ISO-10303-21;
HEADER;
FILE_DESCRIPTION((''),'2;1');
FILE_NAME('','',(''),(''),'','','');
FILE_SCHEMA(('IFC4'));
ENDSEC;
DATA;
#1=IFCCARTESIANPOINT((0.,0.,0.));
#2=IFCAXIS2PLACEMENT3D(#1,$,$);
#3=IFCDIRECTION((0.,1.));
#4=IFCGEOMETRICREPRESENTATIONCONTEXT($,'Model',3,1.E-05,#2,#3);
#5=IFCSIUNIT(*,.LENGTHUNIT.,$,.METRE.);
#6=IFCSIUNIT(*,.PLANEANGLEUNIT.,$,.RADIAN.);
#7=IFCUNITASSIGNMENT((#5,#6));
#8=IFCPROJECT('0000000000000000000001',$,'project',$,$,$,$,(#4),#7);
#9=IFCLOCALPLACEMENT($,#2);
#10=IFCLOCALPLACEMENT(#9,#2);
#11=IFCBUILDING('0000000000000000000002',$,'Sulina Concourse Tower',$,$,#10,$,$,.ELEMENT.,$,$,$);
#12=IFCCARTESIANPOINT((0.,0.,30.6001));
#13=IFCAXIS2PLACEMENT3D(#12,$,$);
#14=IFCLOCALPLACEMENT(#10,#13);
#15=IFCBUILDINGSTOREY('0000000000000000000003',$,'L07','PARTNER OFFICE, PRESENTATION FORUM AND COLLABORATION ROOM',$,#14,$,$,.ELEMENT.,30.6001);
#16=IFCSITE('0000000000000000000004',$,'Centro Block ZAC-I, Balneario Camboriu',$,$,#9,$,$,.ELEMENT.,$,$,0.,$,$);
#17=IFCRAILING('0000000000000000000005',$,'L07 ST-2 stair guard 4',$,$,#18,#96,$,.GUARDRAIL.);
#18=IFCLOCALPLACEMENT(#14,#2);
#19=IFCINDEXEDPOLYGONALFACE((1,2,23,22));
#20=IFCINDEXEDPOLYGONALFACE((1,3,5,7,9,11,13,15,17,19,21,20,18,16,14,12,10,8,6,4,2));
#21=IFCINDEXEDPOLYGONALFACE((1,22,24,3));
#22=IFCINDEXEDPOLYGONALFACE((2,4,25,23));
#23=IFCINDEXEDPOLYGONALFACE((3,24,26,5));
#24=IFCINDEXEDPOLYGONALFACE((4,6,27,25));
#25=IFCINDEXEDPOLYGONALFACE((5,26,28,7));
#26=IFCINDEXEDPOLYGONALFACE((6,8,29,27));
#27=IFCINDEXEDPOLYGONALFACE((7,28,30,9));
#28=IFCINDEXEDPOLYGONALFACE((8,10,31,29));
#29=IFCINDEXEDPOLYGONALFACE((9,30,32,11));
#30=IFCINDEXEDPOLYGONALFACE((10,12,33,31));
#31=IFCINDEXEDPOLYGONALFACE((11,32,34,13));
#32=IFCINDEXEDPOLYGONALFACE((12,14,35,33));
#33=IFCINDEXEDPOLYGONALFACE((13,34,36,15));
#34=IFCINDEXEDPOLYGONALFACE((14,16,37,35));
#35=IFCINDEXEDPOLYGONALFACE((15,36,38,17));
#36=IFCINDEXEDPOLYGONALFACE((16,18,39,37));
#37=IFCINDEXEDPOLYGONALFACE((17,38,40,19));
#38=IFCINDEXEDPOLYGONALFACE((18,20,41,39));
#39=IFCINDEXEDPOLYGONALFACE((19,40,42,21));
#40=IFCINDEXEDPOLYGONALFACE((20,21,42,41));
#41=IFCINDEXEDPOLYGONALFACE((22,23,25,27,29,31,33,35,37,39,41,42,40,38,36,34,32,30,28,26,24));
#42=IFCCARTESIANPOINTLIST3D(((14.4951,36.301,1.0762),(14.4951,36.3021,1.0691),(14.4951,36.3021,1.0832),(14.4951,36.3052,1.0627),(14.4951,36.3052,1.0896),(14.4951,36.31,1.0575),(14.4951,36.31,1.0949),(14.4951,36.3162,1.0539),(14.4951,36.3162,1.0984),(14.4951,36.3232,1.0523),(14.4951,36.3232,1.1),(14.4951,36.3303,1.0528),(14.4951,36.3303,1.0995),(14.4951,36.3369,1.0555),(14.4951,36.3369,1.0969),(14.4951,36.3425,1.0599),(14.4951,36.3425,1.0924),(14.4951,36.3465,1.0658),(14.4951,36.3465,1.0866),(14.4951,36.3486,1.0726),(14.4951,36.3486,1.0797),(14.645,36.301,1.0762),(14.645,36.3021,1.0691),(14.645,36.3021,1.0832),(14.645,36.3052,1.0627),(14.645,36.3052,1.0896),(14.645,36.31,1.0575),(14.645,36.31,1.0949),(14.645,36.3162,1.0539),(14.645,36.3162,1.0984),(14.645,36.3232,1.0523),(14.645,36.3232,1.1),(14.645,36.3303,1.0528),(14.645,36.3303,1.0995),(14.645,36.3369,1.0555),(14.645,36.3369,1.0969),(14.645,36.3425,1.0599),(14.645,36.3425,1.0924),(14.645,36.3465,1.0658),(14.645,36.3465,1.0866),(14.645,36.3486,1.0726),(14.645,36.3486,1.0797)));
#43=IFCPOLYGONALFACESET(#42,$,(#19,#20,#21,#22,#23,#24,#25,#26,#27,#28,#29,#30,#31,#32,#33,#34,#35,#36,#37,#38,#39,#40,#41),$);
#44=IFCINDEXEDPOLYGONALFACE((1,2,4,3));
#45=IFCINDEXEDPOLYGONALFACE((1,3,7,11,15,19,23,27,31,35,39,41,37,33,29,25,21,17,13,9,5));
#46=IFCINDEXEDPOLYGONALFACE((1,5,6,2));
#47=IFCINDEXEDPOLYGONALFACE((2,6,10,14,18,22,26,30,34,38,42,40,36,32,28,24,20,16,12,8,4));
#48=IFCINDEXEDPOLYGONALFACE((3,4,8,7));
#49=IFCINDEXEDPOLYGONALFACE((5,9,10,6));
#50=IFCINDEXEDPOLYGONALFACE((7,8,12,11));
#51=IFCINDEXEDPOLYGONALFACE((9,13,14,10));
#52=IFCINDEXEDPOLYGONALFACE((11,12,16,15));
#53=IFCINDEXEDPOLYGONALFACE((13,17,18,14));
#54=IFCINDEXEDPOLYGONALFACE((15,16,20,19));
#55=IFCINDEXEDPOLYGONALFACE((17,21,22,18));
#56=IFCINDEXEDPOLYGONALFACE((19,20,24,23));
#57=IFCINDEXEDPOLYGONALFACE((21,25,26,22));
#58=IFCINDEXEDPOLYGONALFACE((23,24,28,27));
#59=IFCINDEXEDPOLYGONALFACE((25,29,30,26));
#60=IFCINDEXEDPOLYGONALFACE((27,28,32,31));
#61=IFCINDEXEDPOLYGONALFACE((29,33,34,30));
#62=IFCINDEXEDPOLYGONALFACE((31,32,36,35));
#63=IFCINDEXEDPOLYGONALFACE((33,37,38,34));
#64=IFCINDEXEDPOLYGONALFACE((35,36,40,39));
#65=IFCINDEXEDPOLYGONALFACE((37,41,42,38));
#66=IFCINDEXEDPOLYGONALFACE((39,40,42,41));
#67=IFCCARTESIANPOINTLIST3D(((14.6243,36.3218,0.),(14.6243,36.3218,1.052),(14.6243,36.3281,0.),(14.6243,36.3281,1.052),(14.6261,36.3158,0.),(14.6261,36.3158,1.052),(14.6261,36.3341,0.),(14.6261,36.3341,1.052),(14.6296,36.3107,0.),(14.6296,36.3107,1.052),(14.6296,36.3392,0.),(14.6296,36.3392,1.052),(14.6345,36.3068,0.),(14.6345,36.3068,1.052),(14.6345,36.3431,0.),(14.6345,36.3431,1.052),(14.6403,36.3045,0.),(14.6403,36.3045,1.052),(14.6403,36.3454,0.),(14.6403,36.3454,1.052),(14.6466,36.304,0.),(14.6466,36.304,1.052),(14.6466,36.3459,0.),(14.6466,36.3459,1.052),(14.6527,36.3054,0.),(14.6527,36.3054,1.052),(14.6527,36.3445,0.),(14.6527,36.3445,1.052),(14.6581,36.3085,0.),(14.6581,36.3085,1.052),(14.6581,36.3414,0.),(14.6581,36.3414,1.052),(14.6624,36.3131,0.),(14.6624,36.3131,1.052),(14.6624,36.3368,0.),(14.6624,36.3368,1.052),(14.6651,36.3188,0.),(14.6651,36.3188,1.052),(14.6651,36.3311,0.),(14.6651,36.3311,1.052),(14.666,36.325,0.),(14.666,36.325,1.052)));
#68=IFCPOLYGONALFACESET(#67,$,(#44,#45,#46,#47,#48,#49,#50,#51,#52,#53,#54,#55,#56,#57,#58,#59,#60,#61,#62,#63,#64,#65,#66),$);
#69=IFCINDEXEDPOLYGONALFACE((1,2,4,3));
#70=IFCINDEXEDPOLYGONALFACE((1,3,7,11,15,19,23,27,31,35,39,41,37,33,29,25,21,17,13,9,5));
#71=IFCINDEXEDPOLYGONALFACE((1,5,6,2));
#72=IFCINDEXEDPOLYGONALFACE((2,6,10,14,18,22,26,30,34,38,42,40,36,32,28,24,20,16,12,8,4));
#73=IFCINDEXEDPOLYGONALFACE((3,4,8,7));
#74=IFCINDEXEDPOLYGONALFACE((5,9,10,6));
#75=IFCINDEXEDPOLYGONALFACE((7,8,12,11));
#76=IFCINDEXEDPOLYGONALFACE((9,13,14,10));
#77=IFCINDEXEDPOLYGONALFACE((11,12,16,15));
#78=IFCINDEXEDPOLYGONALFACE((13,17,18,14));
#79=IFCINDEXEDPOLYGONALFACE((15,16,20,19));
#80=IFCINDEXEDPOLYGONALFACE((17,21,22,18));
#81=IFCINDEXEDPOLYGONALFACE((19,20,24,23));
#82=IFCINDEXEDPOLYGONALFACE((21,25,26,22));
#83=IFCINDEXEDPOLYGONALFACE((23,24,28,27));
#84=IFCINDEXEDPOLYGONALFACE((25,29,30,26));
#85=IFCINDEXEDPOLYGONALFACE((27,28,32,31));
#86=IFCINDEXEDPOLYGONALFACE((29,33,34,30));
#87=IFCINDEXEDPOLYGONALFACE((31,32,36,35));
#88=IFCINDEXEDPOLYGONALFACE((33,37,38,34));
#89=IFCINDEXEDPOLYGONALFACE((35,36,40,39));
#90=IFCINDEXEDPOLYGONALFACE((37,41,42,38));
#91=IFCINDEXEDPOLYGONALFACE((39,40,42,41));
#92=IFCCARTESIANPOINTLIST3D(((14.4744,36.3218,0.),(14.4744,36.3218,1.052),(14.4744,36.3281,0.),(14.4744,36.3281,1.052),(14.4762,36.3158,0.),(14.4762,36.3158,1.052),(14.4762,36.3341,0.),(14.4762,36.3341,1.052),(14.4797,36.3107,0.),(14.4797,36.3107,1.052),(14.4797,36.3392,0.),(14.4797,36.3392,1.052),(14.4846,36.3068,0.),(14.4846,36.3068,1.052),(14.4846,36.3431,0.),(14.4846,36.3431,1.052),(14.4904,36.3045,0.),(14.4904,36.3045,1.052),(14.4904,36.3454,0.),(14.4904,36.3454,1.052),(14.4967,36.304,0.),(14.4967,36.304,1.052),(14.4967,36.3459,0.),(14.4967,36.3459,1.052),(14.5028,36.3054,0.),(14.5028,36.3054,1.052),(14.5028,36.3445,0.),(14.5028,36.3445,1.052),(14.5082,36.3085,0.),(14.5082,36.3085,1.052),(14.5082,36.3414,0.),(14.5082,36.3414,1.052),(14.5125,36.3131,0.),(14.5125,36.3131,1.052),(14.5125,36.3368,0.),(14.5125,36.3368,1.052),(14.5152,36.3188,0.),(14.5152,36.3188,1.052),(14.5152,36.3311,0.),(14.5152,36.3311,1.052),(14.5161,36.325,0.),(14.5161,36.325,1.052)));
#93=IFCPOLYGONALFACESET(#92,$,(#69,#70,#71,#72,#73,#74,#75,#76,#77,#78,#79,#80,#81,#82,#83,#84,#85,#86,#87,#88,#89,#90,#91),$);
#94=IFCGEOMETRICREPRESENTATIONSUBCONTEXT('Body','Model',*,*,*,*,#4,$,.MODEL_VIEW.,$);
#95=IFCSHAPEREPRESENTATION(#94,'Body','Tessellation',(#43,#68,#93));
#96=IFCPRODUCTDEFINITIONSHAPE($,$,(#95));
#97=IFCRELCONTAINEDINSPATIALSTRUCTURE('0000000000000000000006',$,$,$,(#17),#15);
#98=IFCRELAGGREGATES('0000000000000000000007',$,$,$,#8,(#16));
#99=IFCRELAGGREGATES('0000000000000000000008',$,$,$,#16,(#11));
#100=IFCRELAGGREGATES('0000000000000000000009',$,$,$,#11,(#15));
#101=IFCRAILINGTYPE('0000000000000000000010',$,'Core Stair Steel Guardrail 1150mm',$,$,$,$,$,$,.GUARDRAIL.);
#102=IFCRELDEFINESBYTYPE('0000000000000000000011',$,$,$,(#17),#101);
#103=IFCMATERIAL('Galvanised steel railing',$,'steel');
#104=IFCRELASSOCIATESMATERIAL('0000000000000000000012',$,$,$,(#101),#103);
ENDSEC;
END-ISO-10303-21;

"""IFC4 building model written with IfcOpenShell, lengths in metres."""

from ifc_helpers import new_model, si_unit, direction, frame, origin, origin_2d, place, context, subcontext, project, spatial, circle, extrude, material, type_object, element, save


model = new_model("IFC4")

# Units and contexts
model_context = context("Model", 3, precision=1e-05, world=origin(), true_north=direction((0.0, 1.0)))
body_context = subcontext(model_context, "Body", "Model", "MODEL_VIEW")
ifc_project = project(units=[si_unit("LENGTHUNIT", "METRE"), si_unit("PLANEANGLEUNIT", "RADIAN")], contexts=[model_context])

# Site, building, storey
site_placement = place(None, origin())
site = spatial("IfcSite", under=ifc_project, at=site_placement, Name="Centro Block ZAC-I, Balneario Camboriu", CompositionType="ELEMENT", RefElevation=0.0)
building_placement = place(site_placement, origin())
building = spatial("IfcBuilding", under=site, at=building_placement, Name="Sulina Concourse Tower", CompositionType="ELEMENT")
storey_placement = place(building_placement, frame((0.0, 0.0, 30.6001)))
storey = spatial("IfcBuildingStorey", under=building, at=storey_placement, Name="L07", Description="PARTNER OFFICE, PRESENTATION FORUM AND COLLABORATION ROOM", CompositionType="ELEMENT", Elevation=30.6001)

# Railing
ifc_material_1 = material(Name="Galvanised steel railing", Category="steel")
railing_type_1 = type_object("IfcRailingType", Name="Core Stair Steel Guardrail 1150mm", PredefinedType="GUARDRAIL", material=ifc_material_1)
railing_1_placement = place(storey_placement, frame((14.645, 36.325, 0.0)))
element("IfcRailing", 1, at=railing_1_placement, inside=storey, type_object=railing_type_1, Name="L07 ST-2 stair guard 4", PredefinedType="GUARDRAIL", context=body_context, shape_type="SweptSolid", body=[
    extrude(circle(Radius=0.0239, at=origin_2d()), frame((0.0, 0.0, 1.0762), z_axis=(-1.0, 0.0, 0.0), x_axis=(0.0, -1.0, 0.0)), (0.0, 0.0, 1.0), 0.1499),
    extrude(circle(Radius=0.021, at=origin_2d()), origin(), (0.0, 0.0, 1.0), 1.052),
    extrude(circle(Radius=0.021, at=origin_2d()), frame((-0.1499, 0.0, 0.0)), (0.0, 0.0, 1.0), 1.052),
])

save(model, "model.ifc")
